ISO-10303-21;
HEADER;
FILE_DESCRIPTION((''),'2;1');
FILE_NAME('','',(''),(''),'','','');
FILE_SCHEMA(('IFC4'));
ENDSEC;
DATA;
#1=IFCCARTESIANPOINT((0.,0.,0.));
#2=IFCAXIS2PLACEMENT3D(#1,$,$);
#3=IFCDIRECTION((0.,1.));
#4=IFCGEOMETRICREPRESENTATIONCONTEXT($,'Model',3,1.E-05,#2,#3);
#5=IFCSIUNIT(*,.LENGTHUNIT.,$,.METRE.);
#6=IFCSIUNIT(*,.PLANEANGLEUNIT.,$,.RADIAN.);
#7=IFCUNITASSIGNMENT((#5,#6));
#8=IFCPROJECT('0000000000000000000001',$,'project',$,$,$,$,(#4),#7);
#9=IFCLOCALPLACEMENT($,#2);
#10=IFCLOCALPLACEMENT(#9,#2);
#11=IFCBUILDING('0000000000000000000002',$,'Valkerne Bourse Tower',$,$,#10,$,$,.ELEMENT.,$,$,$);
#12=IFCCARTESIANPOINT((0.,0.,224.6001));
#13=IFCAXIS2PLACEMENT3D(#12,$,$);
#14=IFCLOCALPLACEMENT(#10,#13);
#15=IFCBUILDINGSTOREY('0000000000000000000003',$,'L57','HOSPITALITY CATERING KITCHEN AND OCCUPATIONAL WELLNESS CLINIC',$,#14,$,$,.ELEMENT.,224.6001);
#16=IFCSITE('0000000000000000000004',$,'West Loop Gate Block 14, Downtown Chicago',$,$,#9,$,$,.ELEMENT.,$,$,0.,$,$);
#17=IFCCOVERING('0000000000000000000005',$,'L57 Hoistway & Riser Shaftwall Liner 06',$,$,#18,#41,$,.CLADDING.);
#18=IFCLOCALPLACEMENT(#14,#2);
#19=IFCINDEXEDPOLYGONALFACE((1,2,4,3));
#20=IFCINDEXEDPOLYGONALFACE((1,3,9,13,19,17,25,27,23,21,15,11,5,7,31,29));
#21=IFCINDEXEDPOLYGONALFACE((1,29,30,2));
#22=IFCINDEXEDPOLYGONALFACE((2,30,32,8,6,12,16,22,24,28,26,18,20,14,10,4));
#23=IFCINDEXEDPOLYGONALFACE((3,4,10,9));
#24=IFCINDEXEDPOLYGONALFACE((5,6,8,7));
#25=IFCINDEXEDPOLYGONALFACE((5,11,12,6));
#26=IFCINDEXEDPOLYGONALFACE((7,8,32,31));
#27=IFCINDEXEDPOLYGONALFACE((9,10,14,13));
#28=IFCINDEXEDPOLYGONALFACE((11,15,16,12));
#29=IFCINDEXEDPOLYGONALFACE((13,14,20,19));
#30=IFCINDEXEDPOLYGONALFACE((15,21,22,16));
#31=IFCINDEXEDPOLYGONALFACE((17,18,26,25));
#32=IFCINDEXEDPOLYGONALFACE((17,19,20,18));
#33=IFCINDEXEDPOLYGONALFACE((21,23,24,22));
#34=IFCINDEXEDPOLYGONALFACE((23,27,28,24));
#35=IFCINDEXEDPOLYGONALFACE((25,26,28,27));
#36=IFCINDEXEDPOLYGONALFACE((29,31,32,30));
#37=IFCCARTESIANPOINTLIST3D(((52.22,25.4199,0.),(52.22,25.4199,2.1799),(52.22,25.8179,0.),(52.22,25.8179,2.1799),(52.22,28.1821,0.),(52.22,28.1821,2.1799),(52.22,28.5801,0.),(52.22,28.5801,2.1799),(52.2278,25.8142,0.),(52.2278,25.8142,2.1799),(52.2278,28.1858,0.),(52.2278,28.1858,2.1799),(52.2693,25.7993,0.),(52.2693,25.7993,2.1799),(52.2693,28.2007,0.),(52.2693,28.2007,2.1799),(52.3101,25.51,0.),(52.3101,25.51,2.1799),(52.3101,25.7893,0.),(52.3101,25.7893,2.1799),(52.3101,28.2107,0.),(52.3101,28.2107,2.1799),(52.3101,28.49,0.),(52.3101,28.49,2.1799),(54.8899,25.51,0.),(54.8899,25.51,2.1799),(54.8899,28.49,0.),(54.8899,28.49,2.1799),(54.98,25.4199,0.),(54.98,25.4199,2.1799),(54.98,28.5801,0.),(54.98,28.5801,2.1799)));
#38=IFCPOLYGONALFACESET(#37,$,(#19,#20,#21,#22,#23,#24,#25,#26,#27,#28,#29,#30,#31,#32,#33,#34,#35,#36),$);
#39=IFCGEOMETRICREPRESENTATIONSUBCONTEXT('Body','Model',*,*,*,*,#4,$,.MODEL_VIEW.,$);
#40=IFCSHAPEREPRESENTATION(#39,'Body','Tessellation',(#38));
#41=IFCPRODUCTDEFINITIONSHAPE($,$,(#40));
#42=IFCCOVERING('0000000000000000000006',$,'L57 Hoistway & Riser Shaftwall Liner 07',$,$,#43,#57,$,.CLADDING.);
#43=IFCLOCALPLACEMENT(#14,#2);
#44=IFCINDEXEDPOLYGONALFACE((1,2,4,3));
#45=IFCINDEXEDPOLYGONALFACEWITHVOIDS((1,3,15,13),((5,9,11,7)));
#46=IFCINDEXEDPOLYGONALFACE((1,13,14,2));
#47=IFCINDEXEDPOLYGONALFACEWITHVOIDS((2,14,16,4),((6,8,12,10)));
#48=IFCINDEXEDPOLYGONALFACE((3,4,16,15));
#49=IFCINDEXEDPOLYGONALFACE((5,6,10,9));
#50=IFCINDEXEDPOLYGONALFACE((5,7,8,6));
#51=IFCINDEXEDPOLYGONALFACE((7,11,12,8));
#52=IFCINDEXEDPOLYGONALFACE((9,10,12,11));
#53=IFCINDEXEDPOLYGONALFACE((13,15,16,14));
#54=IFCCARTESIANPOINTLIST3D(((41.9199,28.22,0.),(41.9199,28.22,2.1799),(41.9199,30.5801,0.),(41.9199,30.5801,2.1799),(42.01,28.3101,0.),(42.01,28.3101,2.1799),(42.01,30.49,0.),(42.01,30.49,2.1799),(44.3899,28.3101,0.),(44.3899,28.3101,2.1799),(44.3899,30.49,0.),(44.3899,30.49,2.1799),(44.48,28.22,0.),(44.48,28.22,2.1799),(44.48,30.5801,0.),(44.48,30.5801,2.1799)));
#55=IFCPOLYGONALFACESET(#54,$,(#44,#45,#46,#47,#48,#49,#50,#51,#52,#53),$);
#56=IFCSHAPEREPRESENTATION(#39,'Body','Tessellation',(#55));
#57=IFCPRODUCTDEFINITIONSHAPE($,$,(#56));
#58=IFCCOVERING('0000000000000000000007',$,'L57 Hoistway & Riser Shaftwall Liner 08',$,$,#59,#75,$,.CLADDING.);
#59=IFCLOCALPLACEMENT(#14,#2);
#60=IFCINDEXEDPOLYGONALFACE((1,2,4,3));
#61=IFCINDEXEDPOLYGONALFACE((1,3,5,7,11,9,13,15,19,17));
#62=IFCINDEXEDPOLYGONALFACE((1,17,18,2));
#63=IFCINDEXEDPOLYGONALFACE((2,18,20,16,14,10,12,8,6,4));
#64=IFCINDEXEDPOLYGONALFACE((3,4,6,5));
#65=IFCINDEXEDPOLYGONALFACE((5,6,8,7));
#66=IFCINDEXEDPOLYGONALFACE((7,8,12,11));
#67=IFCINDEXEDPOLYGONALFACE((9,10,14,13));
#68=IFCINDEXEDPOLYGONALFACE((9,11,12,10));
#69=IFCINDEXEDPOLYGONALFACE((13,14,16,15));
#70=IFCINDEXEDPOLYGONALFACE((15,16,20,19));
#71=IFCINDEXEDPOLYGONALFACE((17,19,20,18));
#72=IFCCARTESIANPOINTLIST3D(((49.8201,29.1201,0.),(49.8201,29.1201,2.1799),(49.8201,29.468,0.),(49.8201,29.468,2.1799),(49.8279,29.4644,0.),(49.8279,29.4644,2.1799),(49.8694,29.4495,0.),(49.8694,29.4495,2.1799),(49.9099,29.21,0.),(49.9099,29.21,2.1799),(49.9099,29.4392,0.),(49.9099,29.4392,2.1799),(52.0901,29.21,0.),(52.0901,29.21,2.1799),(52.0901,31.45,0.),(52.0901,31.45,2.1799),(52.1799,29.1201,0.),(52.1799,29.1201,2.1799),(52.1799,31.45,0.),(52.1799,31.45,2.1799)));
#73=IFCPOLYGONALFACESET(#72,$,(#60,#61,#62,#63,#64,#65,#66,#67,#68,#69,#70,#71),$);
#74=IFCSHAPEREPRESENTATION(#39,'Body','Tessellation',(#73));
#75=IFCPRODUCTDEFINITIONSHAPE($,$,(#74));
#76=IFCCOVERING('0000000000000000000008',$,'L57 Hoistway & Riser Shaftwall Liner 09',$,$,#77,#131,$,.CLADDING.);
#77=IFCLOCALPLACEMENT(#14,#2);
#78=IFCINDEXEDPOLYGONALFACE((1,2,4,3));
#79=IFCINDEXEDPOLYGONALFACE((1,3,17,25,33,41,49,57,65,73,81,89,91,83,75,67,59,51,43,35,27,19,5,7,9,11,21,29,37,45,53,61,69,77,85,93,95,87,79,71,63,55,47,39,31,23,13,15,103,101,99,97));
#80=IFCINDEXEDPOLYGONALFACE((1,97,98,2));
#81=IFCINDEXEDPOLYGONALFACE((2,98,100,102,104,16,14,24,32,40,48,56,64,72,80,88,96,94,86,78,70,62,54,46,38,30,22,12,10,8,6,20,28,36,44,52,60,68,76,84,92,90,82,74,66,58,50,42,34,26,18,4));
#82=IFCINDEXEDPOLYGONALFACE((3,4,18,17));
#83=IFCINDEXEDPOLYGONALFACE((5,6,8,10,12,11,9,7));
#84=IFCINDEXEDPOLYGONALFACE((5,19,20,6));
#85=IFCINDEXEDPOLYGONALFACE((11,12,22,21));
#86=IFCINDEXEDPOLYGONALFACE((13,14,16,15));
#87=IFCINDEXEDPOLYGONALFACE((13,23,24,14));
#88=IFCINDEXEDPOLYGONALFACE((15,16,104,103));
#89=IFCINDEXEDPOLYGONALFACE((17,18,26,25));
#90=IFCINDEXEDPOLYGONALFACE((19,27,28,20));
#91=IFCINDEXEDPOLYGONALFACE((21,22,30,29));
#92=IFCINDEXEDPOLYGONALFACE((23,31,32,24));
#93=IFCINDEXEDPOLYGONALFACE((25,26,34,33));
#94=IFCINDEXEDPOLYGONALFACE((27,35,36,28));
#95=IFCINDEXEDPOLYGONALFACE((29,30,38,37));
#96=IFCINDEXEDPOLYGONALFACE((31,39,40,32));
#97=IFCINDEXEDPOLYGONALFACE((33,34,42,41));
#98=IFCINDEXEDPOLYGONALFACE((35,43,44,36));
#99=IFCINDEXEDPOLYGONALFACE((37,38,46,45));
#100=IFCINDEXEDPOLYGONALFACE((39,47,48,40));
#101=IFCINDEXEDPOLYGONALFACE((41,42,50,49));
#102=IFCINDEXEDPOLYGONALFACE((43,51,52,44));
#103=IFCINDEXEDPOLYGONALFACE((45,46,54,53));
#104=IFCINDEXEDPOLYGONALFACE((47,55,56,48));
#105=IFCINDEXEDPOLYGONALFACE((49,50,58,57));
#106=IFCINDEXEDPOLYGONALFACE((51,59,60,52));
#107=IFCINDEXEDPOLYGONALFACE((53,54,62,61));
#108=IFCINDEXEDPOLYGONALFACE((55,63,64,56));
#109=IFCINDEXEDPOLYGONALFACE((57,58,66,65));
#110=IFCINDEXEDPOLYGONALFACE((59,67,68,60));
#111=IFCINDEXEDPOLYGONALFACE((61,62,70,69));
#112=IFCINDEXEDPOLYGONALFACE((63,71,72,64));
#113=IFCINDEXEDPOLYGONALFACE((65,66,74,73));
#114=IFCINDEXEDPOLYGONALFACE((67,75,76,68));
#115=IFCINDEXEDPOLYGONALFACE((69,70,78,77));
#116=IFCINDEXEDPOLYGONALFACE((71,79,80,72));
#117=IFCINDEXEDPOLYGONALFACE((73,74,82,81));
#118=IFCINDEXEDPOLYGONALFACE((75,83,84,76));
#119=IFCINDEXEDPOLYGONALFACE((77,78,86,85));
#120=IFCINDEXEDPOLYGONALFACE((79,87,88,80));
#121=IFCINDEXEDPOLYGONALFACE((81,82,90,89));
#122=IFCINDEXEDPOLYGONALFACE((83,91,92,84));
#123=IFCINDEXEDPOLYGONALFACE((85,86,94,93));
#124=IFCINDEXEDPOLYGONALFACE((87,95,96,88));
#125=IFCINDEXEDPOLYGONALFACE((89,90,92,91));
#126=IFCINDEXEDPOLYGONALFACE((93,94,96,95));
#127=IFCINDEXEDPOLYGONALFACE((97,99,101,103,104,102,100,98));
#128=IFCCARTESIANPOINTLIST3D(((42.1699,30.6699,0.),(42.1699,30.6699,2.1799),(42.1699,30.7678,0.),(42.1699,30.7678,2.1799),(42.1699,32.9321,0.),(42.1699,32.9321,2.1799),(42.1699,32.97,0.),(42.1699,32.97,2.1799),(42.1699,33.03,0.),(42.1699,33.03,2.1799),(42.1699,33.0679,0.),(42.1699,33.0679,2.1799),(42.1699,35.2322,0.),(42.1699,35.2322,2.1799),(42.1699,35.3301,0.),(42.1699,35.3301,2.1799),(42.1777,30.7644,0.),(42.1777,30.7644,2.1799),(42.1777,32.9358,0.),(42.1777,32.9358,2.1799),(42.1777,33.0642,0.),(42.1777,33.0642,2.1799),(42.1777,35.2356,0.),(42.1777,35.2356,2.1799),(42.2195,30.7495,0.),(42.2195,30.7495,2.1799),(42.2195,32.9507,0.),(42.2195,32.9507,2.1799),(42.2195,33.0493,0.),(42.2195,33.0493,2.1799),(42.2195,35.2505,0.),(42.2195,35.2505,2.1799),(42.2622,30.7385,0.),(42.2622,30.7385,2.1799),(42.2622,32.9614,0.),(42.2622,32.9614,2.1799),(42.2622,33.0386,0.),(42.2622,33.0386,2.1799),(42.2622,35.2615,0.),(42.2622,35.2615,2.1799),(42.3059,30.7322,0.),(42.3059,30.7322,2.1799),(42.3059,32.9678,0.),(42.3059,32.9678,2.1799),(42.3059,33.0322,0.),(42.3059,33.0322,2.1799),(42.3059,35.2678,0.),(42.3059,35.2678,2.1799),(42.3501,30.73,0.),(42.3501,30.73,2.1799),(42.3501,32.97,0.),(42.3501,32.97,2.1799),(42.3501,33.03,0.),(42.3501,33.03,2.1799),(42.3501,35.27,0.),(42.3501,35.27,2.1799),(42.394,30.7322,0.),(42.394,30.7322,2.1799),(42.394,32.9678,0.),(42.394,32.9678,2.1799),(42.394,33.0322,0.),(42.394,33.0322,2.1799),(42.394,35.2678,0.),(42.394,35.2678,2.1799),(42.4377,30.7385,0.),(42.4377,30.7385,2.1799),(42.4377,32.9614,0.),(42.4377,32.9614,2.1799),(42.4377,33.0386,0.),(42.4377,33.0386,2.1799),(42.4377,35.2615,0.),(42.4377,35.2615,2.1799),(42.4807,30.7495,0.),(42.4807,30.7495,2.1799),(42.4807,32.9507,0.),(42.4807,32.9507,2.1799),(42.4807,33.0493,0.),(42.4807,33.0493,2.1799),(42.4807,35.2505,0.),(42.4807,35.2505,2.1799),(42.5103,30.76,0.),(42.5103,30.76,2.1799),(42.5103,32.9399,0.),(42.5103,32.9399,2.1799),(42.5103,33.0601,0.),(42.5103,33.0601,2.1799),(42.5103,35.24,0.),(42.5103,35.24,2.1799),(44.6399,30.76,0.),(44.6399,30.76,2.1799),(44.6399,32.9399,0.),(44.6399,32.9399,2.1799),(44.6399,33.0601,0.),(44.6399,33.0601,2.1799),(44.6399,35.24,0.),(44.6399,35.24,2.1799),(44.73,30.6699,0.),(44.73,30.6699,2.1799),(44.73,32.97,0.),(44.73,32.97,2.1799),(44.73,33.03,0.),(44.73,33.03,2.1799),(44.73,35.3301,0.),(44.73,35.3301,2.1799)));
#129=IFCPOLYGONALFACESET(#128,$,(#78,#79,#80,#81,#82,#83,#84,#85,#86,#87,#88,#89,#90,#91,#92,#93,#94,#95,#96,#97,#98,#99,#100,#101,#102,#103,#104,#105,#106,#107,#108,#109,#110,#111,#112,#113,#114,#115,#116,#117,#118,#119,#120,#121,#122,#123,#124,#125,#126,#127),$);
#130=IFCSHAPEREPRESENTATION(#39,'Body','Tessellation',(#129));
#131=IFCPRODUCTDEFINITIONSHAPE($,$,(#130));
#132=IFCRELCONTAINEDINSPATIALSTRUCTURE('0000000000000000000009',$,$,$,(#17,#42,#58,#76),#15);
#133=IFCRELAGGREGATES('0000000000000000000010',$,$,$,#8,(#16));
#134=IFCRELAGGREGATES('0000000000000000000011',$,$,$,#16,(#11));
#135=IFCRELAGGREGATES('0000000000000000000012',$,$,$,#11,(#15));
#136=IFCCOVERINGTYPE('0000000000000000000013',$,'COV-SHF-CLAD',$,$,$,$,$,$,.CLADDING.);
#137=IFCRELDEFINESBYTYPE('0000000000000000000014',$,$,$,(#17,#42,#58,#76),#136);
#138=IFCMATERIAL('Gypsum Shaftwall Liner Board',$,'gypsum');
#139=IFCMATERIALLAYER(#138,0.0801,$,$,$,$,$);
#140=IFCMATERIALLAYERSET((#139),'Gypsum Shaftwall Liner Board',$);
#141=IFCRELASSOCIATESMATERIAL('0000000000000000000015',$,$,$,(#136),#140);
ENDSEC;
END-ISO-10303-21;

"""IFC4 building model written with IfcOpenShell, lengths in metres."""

from ifc_helpers import new_model, si_unit, direction, frame, origin, place, context, subcontext, project, spatial, polyline, outline, extrude, material, layer, layer_set, type_object, element, save


model = new_model("IFC4")

# Units and contexts
model_context = context("Model", 3, precision=1e-05, world=origin(), true_north=direction((0.0, 1.0)))
body_context = subcontext(model_context, "Body", "Model", "MODEL_VIEW")
ifc_project = project(units=[si_unit("LENGTHUNIT", "METRE"), si_unit("PLANEANGLEUNIT", "RADIAN")], contexts=[model_context])

# Site, building, storey
site_placement = place(None, origin())
site = spatial("IfcSite", under=ifc_project, at=site_placement, Name="West Loop Gate Block 14, Downtown Chicago", CompositionType="ELEMENT", RefElevation=0.0)
building_placement = place(site_placement, origin())
building = spatial("IfcBuilding", under=site, at=building_placement, Name="Valkerne Bourse Tower", CompositionType="ELEMENT")
storey_placement = place(building_placement, frame((0.0, 0.0, 224.6001)))
storey = spatial("IfcBuildingStorey", under=building, at=storey_placement, Name="L57", Description="HOSPITALITY CATERING KITCHEN AND OCCUPATIONAL WELLNESS CLINIC", CompositionType="ELEMENT", Elevation=224.6001)

# Coverings
ifc_material_1 = material(Name="Gypsum Shaftwall Liner Board", Category="gypsum")
ifc_layer_1 = layer(ifc_material_1, 0.0801)
ifc_layer_set_1 = layer_set([ifc_layer_1], Name="Gypsum Shaftwall Liner Board")
covering_type_1 = type_object("IfcCoveringType", Name="COV-SHF-CLAD", PredefinedType="CLADDING", material=ifc_layer_set_1)
covering_1_placement = place(storey_placement, origin())
element("IfcCovering", 1, at=covering_1_placement, inside=storey, type_object=covering_type_1, Name="L57 Hoistway & Riser Shaftwall Liner 06", PredefinedType="CLADDING", context=body_context, shape_type="SweptSolid", body=[
    extrude(outline(polyline([(54.98, 25.4199), (52.22, 25.4199), (52.22, 25.8179), (52.2278, 25.8142), (52.2693, 25.7993), (52.3101, 25.7893), (52.3101, 25.51), (54.8899, 25.51), (54.8899, 28.49), (52.3101, 28.49), (52.3101, 28.2107), (52.2693, 28.2007), (52.2278, 28.1858), (52.22, 28.1821), (52.22, 28.5801), (54.98, 28.5801), (54.98, 25.4199)])), origin(), (0.0, 0.0, 1.0), 2.1799),
])
covering_2_placement = place(storey_placement, origin())
element("IfcCovering", 2, at=covering_2_placement, inside=storey, type_object=covering_type_1, Name="L57 Hoistway & Riser Shaftwall Liner 07", PredefinedType="CLADDING", context=body_context, shape_type="SweptSolid", body=[
    extrude(outline(polyline([(44.48, 28.22), (41.9199, 28.22), (41.9199, 30.5801), (44.48, 30.5801), (44.48, 28.22)]), holes=[polyline([(42.01, 30.49), (42.01, 28.3101), (44.3899, 28.3101), (44.3899, 30.49), (42.01, 30.49)])]), origin(), (0.0, 0.0, 1.0), 2.1799),
])
covering_3_placement = place(storey_placement, origin())
element("IfcCovering", 3, at=covering_3_placement, inside=storey, type_object=covering_type_1, Name="L57 Hoistway & Riser Shaftwall Liner 08", PredefinedType="CLADDING", context=body_context, shape_type="SweptSolid", body=[
    extrude(outline(polyline([(49.8201, 29.1201), (49.8201, 29.468), (49.8279, 29.4644), (49.8694, 29.4495), (49.9099, 29.4392), (49.9099, 29.21), (52.0901, 29.21), (52.0901, 31.45), (52.1799, 31.45), (52.1799, 29.1201), (49.8201, 29.1201)])), origin(), (0.0, 0.0, 1.0), 2.1799),
])
covering_4_placement = place(storey_placement, origin())
element("IfcCovering", 4, at=covering_4_placement, inside=storey, type_object=covering_type_1, Name="L57 Hoistway & Riser Shaftwall Liner 09", PredefinedType="CLADDING", context=body_context, shape_type="SweptSolid", body=[
    extrude(outline(polyline([(42.1699, 33.0679), (42.1777, 33.0642), (42.2195, 33.0493), (42.2622, 33.0386), (42.3059, 33.0322), (42.3501, 33.03), (42.394, 33.0322), (42.4377, 33.0386), (42.4807, 33.0493), (42.5103, 33.0601), (44.6399, 33.0601), (44.6399, 35.24), (42.5103, 35.24), (42.4807, 35.2505), (42.4377, 35.2615), (42.394, 35.2678), (42.3501, 35.27), (42.3059, 35.2678), (42.2622, 35.2615), (42.2195, 35.2505), (42.1777, 35.2356), (42.1699, 35.2322), (42.1699, 35.3301), (44.73, 35.3301), (44.73, 33.03), (44.73, 32.97), (44.73, 30.6699), (42.1699, 30.6699), (42.1699, 30.7678), (42.1777, 30.7644), (42.2195, 30.7495), (42.2622, 30.7385), (42.3059, 30.7322), (42.3501, 30.73), (42.394, 30.7322), (42.4377, 30.7385), (42.4807, 30.7495), (42.5103, 30.76), (44.6399, 30.76), (44.6399, 32.9399), (42.5103, 32.9399), (42.4807, 32.9507), (42.4377, 32.9614), (42.394, 32.9678), (42.3501, 32.97), (42.3059, 32.9678), (42.2622, 32.9614), (42.2195, 32.9507), (42.1777, 32.9358), (42.1699, 32.9321), (42.1699, 32.97), (42.1699, 33.03), (42.1699, 33.0679)])), origin(), (0.0, 0.0, 1.0), 2.1799),
])

save(model, "model.ifc")
